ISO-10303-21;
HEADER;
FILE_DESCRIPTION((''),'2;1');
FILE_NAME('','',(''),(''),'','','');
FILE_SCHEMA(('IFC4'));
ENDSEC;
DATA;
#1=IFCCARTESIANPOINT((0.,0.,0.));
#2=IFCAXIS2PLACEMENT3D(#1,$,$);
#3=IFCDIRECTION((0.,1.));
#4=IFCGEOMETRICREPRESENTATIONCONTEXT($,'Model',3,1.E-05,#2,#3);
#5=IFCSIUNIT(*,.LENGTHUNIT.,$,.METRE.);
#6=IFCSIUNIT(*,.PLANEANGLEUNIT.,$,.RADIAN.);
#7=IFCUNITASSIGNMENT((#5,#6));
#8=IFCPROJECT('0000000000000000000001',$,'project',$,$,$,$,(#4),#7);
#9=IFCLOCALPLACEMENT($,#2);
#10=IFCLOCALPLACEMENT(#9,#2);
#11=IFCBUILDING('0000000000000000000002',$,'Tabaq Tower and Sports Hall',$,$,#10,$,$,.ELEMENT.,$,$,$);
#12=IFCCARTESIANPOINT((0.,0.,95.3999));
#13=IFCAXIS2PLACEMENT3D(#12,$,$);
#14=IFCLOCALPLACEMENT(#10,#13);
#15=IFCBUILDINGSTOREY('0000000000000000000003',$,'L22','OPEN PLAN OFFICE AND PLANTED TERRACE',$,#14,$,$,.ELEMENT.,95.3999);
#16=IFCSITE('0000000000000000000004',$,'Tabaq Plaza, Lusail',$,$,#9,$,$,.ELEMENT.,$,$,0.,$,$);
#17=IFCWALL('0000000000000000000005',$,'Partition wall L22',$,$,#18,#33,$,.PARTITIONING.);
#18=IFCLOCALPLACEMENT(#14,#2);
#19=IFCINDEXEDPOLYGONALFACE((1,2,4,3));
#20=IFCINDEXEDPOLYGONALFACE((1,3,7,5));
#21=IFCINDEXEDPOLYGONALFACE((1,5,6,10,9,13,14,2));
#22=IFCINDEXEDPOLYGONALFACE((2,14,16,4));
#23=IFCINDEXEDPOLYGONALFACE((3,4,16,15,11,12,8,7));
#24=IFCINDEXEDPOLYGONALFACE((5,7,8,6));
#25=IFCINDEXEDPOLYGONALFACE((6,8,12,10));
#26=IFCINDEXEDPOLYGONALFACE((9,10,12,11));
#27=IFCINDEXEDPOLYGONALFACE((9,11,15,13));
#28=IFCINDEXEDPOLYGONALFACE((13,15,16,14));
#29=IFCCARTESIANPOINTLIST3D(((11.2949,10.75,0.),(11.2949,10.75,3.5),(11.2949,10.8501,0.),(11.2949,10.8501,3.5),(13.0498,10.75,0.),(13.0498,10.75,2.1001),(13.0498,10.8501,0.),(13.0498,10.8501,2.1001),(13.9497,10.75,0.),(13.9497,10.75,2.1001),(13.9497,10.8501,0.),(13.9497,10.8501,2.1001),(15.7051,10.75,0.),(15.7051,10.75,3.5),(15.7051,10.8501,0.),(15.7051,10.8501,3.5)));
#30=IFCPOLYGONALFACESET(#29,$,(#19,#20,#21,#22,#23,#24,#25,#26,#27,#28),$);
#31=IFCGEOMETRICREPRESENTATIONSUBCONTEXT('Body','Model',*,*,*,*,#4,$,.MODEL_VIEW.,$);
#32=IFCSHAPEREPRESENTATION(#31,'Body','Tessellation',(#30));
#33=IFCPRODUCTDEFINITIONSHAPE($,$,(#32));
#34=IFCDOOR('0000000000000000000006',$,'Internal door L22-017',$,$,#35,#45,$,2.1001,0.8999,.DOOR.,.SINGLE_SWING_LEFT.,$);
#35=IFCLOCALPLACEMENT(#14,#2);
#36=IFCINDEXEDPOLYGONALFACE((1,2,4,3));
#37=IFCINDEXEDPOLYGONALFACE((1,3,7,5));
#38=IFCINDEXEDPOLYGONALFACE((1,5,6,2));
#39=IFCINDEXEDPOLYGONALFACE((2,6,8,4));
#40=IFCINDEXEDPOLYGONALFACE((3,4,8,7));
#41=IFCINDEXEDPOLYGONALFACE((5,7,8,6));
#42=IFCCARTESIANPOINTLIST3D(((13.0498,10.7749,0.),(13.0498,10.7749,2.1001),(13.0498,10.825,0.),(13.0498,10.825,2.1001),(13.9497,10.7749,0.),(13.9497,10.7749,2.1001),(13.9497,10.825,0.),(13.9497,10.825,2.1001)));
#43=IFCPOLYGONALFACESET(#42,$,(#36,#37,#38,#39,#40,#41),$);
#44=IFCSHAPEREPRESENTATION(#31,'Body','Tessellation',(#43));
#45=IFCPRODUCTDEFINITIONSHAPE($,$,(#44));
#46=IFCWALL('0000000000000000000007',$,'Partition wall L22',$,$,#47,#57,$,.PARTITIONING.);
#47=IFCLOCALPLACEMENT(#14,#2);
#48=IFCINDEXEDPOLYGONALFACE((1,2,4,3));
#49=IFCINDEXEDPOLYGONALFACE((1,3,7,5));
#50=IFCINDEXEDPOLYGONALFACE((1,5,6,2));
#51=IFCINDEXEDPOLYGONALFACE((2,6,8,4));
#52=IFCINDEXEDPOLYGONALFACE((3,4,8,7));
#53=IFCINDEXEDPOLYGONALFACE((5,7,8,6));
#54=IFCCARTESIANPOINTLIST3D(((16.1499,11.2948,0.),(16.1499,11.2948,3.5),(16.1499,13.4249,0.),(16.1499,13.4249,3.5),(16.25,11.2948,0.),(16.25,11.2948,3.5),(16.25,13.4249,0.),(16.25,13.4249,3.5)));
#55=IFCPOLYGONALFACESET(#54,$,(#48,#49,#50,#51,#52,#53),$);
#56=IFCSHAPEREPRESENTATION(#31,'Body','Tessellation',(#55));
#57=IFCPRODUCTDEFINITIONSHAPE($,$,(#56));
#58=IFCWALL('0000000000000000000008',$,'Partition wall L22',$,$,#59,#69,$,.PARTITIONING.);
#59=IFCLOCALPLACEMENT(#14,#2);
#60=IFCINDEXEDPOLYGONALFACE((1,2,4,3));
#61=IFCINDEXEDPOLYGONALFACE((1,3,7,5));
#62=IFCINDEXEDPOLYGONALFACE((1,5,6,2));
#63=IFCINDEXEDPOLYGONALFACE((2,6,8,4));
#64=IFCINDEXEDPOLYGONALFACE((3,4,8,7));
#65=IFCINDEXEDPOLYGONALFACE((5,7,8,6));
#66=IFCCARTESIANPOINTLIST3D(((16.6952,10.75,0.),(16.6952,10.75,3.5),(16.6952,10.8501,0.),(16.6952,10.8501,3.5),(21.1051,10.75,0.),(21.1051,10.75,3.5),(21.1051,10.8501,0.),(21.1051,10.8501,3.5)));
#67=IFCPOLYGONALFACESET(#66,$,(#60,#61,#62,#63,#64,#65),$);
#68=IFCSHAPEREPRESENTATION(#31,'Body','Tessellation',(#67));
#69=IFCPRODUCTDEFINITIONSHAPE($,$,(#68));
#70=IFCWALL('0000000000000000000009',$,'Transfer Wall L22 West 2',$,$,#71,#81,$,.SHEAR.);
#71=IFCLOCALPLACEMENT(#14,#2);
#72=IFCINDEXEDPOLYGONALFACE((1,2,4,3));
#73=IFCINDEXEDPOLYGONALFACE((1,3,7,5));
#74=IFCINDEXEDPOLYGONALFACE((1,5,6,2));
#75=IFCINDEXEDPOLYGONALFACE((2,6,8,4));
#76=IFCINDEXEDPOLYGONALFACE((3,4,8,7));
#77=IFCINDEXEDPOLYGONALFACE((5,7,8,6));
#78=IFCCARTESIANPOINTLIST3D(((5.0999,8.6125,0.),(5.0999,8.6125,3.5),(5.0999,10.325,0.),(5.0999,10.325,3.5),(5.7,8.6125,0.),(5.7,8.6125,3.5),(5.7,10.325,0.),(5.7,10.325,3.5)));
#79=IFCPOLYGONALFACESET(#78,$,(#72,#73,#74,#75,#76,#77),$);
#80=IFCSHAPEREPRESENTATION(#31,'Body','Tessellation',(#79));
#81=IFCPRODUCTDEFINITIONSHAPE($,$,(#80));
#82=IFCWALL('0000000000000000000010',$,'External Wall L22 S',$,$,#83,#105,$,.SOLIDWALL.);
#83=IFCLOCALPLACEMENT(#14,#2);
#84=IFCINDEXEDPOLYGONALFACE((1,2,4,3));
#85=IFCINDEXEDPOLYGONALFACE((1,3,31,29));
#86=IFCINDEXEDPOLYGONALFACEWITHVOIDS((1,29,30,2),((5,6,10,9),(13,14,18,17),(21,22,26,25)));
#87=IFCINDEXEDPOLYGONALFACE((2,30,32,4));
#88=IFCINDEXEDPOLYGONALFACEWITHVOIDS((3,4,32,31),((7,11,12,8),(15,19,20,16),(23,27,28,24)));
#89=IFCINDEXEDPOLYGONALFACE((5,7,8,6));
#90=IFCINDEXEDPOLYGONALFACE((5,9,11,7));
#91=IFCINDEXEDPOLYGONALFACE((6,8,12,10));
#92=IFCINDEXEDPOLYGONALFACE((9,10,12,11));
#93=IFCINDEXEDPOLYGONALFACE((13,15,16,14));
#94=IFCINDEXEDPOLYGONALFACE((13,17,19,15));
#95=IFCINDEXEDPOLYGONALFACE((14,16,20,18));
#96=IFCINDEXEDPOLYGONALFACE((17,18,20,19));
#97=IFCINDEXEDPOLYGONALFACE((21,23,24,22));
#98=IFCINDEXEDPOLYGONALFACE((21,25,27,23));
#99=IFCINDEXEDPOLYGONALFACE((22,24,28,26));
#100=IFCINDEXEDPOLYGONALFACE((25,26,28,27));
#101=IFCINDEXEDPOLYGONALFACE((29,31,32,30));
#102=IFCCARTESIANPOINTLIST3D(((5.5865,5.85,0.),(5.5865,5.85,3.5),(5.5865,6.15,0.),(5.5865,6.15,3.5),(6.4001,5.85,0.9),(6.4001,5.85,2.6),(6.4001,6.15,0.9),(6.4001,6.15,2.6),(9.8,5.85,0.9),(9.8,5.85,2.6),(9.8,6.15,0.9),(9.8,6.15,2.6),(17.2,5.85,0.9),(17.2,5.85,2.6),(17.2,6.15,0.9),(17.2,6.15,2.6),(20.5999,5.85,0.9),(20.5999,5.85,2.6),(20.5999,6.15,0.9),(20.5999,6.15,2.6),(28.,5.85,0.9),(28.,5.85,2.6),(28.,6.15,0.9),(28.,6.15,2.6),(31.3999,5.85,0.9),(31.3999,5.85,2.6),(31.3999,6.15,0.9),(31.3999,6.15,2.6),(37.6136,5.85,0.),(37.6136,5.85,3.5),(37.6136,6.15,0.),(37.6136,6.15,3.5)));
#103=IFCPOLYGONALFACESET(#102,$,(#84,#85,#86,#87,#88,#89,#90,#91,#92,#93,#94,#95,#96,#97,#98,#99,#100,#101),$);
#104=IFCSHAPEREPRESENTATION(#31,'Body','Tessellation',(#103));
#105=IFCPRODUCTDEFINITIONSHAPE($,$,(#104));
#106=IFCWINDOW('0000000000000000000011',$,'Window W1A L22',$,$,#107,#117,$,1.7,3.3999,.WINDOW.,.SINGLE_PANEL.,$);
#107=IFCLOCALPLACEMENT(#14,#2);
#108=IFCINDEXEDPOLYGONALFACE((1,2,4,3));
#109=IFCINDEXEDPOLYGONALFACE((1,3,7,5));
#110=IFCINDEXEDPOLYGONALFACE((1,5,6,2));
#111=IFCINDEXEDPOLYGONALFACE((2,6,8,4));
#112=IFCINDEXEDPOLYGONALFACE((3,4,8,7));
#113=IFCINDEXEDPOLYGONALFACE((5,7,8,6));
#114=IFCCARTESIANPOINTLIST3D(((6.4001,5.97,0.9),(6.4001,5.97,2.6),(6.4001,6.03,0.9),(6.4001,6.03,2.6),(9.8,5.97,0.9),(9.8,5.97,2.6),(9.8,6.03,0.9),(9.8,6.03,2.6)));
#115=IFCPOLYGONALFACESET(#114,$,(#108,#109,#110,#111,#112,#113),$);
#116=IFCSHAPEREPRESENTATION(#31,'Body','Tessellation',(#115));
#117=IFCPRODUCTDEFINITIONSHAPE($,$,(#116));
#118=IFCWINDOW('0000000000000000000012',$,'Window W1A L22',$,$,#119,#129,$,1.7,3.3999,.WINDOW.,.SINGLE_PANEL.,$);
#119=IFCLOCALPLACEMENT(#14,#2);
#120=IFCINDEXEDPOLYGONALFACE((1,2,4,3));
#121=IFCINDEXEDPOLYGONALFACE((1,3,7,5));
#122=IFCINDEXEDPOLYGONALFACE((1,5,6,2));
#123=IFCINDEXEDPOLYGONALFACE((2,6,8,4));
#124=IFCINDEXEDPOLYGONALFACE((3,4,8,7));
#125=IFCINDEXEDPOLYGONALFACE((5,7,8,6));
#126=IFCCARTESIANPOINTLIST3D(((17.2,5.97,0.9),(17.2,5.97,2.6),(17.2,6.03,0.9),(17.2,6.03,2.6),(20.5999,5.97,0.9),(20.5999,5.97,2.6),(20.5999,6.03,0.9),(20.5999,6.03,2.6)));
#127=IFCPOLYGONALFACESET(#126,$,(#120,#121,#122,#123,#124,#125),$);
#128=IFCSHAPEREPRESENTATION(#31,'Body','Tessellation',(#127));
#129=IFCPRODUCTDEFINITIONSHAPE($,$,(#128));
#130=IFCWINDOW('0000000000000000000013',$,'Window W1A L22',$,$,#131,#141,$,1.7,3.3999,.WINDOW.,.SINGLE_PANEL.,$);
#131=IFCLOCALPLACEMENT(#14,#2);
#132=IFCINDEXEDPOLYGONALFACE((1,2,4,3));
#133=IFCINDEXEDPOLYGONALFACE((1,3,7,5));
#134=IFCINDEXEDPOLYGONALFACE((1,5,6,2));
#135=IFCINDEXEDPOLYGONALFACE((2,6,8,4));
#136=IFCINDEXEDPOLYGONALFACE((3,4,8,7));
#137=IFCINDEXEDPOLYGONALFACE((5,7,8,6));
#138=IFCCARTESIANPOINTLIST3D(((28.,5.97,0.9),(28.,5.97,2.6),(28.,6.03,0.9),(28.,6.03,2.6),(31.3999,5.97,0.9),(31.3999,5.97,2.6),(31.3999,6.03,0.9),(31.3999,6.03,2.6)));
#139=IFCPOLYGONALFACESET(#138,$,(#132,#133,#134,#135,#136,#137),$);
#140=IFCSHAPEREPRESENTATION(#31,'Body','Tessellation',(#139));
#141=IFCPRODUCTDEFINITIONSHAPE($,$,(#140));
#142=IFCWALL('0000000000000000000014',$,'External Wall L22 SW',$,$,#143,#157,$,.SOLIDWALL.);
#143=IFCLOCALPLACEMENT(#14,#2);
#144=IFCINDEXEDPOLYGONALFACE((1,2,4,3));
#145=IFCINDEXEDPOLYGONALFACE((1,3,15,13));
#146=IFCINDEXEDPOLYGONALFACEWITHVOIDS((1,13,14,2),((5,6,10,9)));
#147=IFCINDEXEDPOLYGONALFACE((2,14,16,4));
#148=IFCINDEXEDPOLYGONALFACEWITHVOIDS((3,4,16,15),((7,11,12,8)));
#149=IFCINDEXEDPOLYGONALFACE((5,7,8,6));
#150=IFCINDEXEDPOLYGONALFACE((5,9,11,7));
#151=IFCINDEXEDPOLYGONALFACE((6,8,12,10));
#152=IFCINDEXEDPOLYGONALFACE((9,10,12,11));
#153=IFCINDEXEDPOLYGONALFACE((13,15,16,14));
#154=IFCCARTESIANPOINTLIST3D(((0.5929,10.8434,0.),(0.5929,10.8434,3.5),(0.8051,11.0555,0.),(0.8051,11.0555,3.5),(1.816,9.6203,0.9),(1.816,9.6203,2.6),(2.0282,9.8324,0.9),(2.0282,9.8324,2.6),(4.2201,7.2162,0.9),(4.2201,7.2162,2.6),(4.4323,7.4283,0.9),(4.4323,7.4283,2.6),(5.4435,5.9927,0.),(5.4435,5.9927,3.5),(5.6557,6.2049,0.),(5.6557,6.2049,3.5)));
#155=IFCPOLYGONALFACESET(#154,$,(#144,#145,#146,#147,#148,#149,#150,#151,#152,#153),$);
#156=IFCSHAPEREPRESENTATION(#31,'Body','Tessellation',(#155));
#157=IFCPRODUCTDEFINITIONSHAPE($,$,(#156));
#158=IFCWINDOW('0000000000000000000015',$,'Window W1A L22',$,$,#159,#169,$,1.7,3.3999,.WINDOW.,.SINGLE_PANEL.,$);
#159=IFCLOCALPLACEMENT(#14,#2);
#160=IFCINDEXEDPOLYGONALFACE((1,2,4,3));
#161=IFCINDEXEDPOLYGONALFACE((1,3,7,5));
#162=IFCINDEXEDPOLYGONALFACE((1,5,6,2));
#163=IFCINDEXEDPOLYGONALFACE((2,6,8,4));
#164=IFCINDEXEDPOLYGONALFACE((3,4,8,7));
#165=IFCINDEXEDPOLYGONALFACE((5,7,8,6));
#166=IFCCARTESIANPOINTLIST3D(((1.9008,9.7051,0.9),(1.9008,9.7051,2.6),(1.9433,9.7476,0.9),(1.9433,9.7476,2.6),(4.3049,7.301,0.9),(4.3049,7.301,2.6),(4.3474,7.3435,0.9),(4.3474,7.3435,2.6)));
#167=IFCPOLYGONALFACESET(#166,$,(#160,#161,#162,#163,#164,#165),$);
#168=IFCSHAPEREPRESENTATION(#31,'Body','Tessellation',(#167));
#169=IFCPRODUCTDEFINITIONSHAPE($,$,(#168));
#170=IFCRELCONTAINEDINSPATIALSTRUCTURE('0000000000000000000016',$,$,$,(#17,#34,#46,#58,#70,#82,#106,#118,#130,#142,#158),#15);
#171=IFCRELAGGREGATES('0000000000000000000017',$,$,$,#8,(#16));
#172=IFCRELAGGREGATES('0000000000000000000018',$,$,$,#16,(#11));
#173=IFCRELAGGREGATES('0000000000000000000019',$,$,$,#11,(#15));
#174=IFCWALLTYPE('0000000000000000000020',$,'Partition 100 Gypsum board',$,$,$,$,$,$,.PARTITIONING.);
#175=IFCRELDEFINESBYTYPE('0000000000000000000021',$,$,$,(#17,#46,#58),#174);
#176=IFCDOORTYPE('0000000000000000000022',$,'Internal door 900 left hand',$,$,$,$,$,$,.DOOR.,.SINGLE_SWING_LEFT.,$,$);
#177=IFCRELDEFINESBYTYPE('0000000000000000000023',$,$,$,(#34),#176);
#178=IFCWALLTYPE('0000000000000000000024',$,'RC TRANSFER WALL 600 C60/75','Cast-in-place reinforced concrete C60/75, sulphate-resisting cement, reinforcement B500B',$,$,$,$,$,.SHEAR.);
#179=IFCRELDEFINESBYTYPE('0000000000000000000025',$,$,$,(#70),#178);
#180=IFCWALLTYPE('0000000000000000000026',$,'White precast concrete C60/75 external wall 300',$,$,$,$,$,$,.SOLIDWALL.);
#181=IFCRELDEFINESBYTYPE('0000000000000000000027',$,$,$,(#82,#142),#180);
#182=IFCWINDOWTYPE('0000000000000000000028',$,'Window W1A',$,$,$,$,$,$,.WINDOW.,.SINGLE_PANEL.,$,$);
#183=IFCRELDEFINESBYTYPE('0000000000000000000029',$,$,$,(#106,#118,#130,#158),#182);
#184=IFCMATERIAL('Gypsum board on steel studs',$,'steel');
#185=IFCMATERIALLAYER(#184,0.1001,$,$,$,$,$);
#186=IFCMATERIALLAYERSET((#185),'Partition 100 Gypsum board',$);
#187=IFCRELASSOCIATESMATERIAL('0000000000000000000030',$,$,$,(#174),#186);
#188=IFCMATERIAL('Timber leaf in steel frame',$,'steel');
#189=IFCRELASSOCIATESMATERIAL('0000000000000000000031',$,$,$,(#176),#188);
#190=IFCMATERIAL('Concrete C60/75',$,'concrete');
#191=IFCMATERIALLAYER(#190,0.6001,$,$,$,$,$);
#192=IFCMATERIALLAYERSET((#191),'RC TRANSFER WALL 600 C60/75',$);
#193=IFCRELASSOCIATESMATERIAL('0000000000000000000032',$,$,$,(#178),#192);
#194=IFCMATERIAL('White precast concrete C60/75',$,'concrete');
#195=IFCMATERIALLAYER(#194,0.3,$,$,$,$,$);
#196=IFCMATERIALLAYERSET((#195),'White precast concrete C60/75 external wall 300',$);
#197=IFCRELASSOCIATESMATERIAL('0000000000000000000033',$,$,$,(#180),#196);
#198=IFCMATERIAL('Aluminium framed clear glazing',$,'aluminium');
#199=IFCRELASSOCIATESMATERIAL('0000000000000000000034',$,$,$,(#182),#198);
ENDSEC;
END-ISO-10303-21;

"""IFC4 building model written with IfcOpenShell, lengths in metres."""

from ifc_helpers import new_model, si_unit, direction, frame, frame_2d, origin, place, context, subcontext, project, spatial, rectangle, extrude, material, layer, layer_set, type_object, element, fill, save


model = new_model("IFC4")

# Units and contexts
model_context = context("Model", 3, precision=1e-05, world=origin(), true_north=direction((0.0, 1.0)))
body_context = subcontext(model_context, "Body", "Model", "MODEL_VIEW")
ifc_project = project(units=[si_unit("LENGTHUNIT", "METRE"), si_unit("PLANEANGLEUNIT", "RADIAN")], contexts=[model_context])

# Site, building, storey
site_placement = place(None, origin())
site = spatial("IfcSite", under=ifc_project, at=site_placement, Name="Tabaq Plaza, Lusail", CompositionType="ELEMENT", RefElevation=0.0)
building_placement = place(site_placement, origin())
building = spatial("IfcBuilding", under=site, at=building_placement, Name="Tabaq Tower and Sports Hall", CompositionType="ELEMENT")
storey_placement = place(building_placement, frame((0.0, 0.0, 95.3999)))
storey = spatial("IfcBuildingStorey", under=building, at=storey_placement, Name="L22", Description="OPEN PLAN OFFICE AND PLANTED TERRACE", CompositionType="ELEMENT", Elevation=95.3999)

# Shared definitions
ifc_material_1 = material(Name="Gypsum board on steel studs", Category="steel")
ifc_layer_1 = layer(ifc_material_1, 0.1001)
ifc_layer_set_1 = layer_set([ifc_layer_1], Name="Partition 100 Gypsum board")
wall_type_1 = type_object("IfcWallType", Name="Partition 100 Gypsum board", PredefinedType="PARTITIONING", material=ifc_layer_set_1)

# Wall, opening, door
wall_1_placement = place(storey_placement, frame((11.2949, 10.8, 0.0), z_axis=(0.0, 0.0, 1.0), x_axis=(1.0, 0.0, 0.0)))
wall_1 = element("IfcWall", 1, at=wall_1_placement, inside=storey, type_object=wall_type_1, Name="Partition wall L22", PredefinedType="PARTITIONING", context=body_context, shape_type="SweptSolid", body=[
    extrude(rectangle(XDim=4.4102, YDim=0.1001, at=frame_2d((2.2051, 0.0))), origin(), (0.0, 0.0, 1.0), 3.5),
])
opening_1_placement = place(wall_1_placement, frame((1.7549, 0.0, 0.0)))
opening_1 = element("IfcOpeningElement", 2, at=opening_1_placement, cuts=wall_1, PredefinedType="OPENING", context=body_context, shape_type="SweptSolid", body=[
    extrude(rectangle(XDim=0.8999, YDim=2.1001, at=frame_2d((0.45, 1.05))), frame((0.0, 0.05, 0.0), z_axis=(0.0, -1.0, 0.0), x_axis=(1.0, 0.0, 0.0)), (0.0, 0.0, 1.0), 0.1001),
])
ifc_material_2 = material(Name="Timber leaf in steel frame", Category="steel")
door_type_1 = type_object("IfcDoorType", Name="Internal door 900 left hand", OperationType="SINGLE_SWING_LEFT", PredefinedType="DOOR", material=ifc_material_2)
door_1_placement = place(opening_1_placement, origin())
door_1 = element("IfcDoor", 3, at=door_1_placement, inside=storey, type_object=door_type_1, Name="Internal door L22-017", OperationType="SINGLE_SWING_LEFT", OverallHeight=2.1001, OverallWidth=0.8999, PredefinedType="DOOR", context=body_context, shape_type="SweptSolid", body=[
    extrude(rectangle(XDim=0.8999, YDim=2.1001, at=frame_2d((0.45, 1.05))), frame((0.0, 0.0249, 0.0), z_axis=(0.0, -1.0, 0.0), x_axis=(1.0, 0.0, 0.0)), (0.0, 0.0, 1.0), 0.05),
])
fill(opening_1, door_1)

# Walls
wall_2_placement = place(storey_placement, frame((16.2, 11.2949, 0.0), z_axis=(0.0, 0.0, 1.0), x_axis=(0.0, 1.0, 0.0)))
element("IfcWall", 4, at=wall_2_placement, inside=storey, type_object=wall_type_1, Name="Partition wall L22", PredefinedType="PARTITIONING", context=body_context, shape_type="SweptSolid", body=[
    extrude(rectangle(XDim=2.1301, YDim=0.1001, at=frame_2d((1.0649, 0.0))), origin(), (0.0, 0.0, 1.0), 3.5),
])
wall_3_placement = place(storey_placement, frame((16.6951, 10.8, 0.0), z_axis=(0.0, 0.0, 1.0), x_axis=(1.0, 0.0, 0.0)))
element("IfcWall", 5, at=wall_3_placement, inside=storey, type_object=wall_type_1, Name="Partition wall L22", PredefinedType="PARTITIONING", context=body_context, shape_type="SweptSolid", body=[
    extrude(rectangle(XDim=4.4099, YDim=0.1001, at=frame_2d((2.2051, 0.0))), origin(), (0.0, 0.0, 1.0), 3.5),
])
ifc_material_3 = material(Name="Concrete C60/75", Category="concrete")
ifc_layer_2 = layer(ifc_material_3, 0.6001)
ifc_layer_set_2 = layer_set([ifc_layer_2], Name="RC TRANSFER WALL 600 C60/75")
wall_type_2 = type_object("IfcWallType", Name="RC TRANSFER WALL 600 C60/75", Description="Cast-in-place reinforced concrete C60/75, sulphate-resisting cement, reinforcement B500B", PredefinedType="SHEAR", material=ifc_layer_set_2)
wall_4_placement = place(storey_placement, frame((5.3999, 8.6125, 0.0), z_axis=(0.0, 0.0, 1.0), x_axis=(0.0, 1.0, 0.0)))
element("IfcWall", 6, at=wall_4_placement, inside=storey, type_object=wall_type_2, Name="Transfer Wall L22 West 2", PredefinedType="SHEAR", context=body_context, shape_type="SweptSolid", body=[
    extrude(rectangle(XDim=1.7124, YDim=0.6001, at=frame_2d((0.8562, 0.0))), origin(), (0.0, 0.0, 1.0), 3.5),
])

# Wall, openings, windows
ifc_material_4 = material(Name="White precast concrete C60/75", Category="concrete")
ifc_layer_3 = layer(ifc_material_4, 0.3)
ifc_layer_set_3 = layer_set([ifc_layer_3], Name="White precast concrete C60/75 external wall 300")
wall_type_3 = type_object("IfcWallType", Name="White precast concrete C60/75 external wall 300", PredefinedType="SOLIDWALL", material=ifc_layer_set_3)
wall_5_placement = place(storey_placement, frame((5.5864, 6.0, 0.0), z_axis=(0.0, 0.0, 1.0), x_axis=(1.0, 0.0, 0.0)))
wall_5 = element("IfcWall", 7, at=wall_5_placement, inside=storey, type_object=wall_type_3, Name="External Wall L22 S", PredefinedType="SOLIDWALL", context=body_context, shape_type="SweptSolid", body=[
    extrude(rectangle(XDim=32.0271, YDim=0.3, at=frame_2d((16.0137, 0.0))), origin(), (0.0, 0.0, 1.0), 3.5),
])
opening_2_placement = place(wall_5_placement, frame((0.8137, 0.0, 0.8999)))
opening_2 = element("IfcOpeningElement", 8, at=opening_2_placement, cuts=wall_5, PredefinedType="OPENING", context=body_context, shape_type="SweptSolid", body=[
    extrude(rectangle(XDim=3.3999, YDim=1.7, at=frame_2d((1.7, 0.8501))), frame((0.0, 0.1602, 0.0), z_axis=(0.0, -1.0, 0.0), x_axis=(1.0, 0.0, 0.0)), (0.0, 0.0, 1.0), 0.3201),
])
opening_3_placement = place(wall_5_placement, frame((11.6135, 0.0, 0.8999)))
opening_3 = element("IfcOpeningElement", 9, at=opening_3_placement, cuts=wall_5, PredefinedType="OPENING", context=body_context, shape_type="SweptSolid", body=[
    extrude(rectangle(XDim=3.3999, YDim=1.7, at=frame_2d((1.7, 0.8501))), frame((0.0, 0.1602, 0.0), z_axis=(0.0, -1.0, 0.0), x_axis=(1.0, 0.0, 0.0)), (0.0, 0.0, 1.0), 0.3201),
])
opening_4_placement = place(wall_5_placement, frame((22.4136, 0.0, 0.8999)))
opening_4 = element("IfcOpeningElement", 10, at=opening_4_placement, cuts=wall_5, PredefinedType="OPENING", context=body_context, shape_type="SweptSolid", body=[
    extrude(rectangle(XDim=3.3999, YDim=1.7, at=frame_2d((1.7, 0.8501))), frame((0.0, 0.1602, 0.0), z_axis=(0.0, -1.0, 0.0), x_axis=(1.0, 0.0, 0.0)), (0.0, 0.0, 1.0), 0.3201),
])
ifc_material_5 = material(Name="Aluminium framed clear glazing", Category="aluminium")
window_type = type_object("IfcWindowType", Name="Window W1A", PartitioningType="SINGLE_PANEL", PredefinedType="WINDOW", material=ifc_material_5)
window_1_placement = place(opening_2_placement, origin())
window_1 = element("IfcWindow", 11, at=window_1_placement, inside=storey, type_object=window_type, Name="Window W1A L22", OverallHeight=1.7, OverallWidth=3.3999, PartitioningType="SINGLE_PANEL", PredefinedType="WINDOW", context=body_context, shape_type="SweptSolid", body=[
    extrude(rectangle(XDim=3.3999, YDim=1.7, at=frame_2d((1.7, 0.8501))), frame((0.0, 0.03, 0.0), z_axis=(0.0, -1.0, 0.0), x_axis=(1.0, 0.0, 0.0)), (0.0, 0.0, 1.0), 0.0601),
])
fill(opening_2, window_1)
window_2_placement = place(opening_3_placement, origin())
window_2 = element("IfcWindow", 12, at=window_2_placement, inside=storey, type_object=window_type, Name="Window W1A L22", OverallHeight=1.7, OverallWidth=3.3999, PartitioningType="SINGLE_PANEL", PredefinedType="WINDOW", context=body_context, shape_type="SweptSolid", body=[
    extrude(rectangle(XDim=3.3999, YDim=1.7, at=frame_2d((1.7, 0.8501))), frame((0.0, 0.03, 0.0), z_axis=(0.0, -1.0, 0.0), x_axis=(1.0, 0.0, 0.0)), (0.0, 0.0, 1.0), 0.0601),
])
fill(opening_3, window_2)
window_3_placement = place(opening_4_placement, origin())
window_3 = element("IfcWindow", 13, at=window_3_placement, inside=storey, type_object=window_type, Name="Window W1A L22", OverallHeight=1.7, OverallWidth=3.3999, PartitioningType="SINGLE_PANEL", PredefinedType="WINDOW", context=body_context, shape_type="SweptSolid", body=[
    extrude(rectangle(XDim=3.3999, YDim=1.7, at=frame_2d((1.7, 0.8501))), frame((0.0, 0.03, 0.0), z_axis=(0.0, -1.0, 0.0), x_axis=(1.0, 0.0, 0.0)), (0.0, 0.0, 1.0), 0.0601),
])
fill(opening_4, window_3)

# Wall, opening, window
wall_6_placement = place(storey_placement, frame((0.699, 10.9495, 0.0), z_axis=(0.0, 0.0, 1.0), x_axis=(0.707107, -0.707107, 0.0)))
wall_6 = element("IfcWall", 14, at=wall_6_placement, inside=storey, type_object=wall_type_3, Name="External Wall L22 SW", PredefinedType="SOLIDWALL", context=body_context, shape_type="SweptSolid", body=[
    extrude(rectangle(XDim=6.8599, YDim=0.3, at=frame_2d((3.4299, 0.0))), origin(), (0.0, 0.0, 1.0), 3.5),
])
opening_5_placement = place(wall_6_placement, frame((1.7297, 0.0, 0.8999)))
opening_5 = element("IfcOpeningElement", 15, at=opening_5_placement, cuts=wall_6, PredefinedType="OPENING", context=body_context, shape_type="SweptSolid", body=[
    extrude(rectangle(XDim=3.3999, YDim=1.7, at=frame_2d((1.7, 0.8501))), frame((0.0, 0.1602, 0.0), z_axis=(0.0, -1.0, 0.0), x_axis=(1.0, 0.0, 0.0)), (0.0, 0.0, 1.0), 0.3201),
])
window_4_placement = place(opening_5_placement, origin())
window_4 = element("IfcWindow", 16, at=window_4_placement, inside=storey, type_object=window_type, Name="Window W1A L22", OverallHeight=1.7, OverallWidth=3.3999, PartitioningType="SINGLE_PANEL", PredefinedType="WINDOW", context=body_context, shape_type="SweptSolid", body=[
    extrude(rectangle(XDim=3.3999, YDim=1.7, at=frame_2d((1.7, 0.8501))), frame((0.0, 0.03, 0.0), z_axis=(0.0, -1.0, 0.0), x_axis=(1.0, 0.0, 0.0)), (0.0, 0.0, 1.0), 0.0601),
])
fill(opening_5, window_4)

save(model, "model.ifc")
